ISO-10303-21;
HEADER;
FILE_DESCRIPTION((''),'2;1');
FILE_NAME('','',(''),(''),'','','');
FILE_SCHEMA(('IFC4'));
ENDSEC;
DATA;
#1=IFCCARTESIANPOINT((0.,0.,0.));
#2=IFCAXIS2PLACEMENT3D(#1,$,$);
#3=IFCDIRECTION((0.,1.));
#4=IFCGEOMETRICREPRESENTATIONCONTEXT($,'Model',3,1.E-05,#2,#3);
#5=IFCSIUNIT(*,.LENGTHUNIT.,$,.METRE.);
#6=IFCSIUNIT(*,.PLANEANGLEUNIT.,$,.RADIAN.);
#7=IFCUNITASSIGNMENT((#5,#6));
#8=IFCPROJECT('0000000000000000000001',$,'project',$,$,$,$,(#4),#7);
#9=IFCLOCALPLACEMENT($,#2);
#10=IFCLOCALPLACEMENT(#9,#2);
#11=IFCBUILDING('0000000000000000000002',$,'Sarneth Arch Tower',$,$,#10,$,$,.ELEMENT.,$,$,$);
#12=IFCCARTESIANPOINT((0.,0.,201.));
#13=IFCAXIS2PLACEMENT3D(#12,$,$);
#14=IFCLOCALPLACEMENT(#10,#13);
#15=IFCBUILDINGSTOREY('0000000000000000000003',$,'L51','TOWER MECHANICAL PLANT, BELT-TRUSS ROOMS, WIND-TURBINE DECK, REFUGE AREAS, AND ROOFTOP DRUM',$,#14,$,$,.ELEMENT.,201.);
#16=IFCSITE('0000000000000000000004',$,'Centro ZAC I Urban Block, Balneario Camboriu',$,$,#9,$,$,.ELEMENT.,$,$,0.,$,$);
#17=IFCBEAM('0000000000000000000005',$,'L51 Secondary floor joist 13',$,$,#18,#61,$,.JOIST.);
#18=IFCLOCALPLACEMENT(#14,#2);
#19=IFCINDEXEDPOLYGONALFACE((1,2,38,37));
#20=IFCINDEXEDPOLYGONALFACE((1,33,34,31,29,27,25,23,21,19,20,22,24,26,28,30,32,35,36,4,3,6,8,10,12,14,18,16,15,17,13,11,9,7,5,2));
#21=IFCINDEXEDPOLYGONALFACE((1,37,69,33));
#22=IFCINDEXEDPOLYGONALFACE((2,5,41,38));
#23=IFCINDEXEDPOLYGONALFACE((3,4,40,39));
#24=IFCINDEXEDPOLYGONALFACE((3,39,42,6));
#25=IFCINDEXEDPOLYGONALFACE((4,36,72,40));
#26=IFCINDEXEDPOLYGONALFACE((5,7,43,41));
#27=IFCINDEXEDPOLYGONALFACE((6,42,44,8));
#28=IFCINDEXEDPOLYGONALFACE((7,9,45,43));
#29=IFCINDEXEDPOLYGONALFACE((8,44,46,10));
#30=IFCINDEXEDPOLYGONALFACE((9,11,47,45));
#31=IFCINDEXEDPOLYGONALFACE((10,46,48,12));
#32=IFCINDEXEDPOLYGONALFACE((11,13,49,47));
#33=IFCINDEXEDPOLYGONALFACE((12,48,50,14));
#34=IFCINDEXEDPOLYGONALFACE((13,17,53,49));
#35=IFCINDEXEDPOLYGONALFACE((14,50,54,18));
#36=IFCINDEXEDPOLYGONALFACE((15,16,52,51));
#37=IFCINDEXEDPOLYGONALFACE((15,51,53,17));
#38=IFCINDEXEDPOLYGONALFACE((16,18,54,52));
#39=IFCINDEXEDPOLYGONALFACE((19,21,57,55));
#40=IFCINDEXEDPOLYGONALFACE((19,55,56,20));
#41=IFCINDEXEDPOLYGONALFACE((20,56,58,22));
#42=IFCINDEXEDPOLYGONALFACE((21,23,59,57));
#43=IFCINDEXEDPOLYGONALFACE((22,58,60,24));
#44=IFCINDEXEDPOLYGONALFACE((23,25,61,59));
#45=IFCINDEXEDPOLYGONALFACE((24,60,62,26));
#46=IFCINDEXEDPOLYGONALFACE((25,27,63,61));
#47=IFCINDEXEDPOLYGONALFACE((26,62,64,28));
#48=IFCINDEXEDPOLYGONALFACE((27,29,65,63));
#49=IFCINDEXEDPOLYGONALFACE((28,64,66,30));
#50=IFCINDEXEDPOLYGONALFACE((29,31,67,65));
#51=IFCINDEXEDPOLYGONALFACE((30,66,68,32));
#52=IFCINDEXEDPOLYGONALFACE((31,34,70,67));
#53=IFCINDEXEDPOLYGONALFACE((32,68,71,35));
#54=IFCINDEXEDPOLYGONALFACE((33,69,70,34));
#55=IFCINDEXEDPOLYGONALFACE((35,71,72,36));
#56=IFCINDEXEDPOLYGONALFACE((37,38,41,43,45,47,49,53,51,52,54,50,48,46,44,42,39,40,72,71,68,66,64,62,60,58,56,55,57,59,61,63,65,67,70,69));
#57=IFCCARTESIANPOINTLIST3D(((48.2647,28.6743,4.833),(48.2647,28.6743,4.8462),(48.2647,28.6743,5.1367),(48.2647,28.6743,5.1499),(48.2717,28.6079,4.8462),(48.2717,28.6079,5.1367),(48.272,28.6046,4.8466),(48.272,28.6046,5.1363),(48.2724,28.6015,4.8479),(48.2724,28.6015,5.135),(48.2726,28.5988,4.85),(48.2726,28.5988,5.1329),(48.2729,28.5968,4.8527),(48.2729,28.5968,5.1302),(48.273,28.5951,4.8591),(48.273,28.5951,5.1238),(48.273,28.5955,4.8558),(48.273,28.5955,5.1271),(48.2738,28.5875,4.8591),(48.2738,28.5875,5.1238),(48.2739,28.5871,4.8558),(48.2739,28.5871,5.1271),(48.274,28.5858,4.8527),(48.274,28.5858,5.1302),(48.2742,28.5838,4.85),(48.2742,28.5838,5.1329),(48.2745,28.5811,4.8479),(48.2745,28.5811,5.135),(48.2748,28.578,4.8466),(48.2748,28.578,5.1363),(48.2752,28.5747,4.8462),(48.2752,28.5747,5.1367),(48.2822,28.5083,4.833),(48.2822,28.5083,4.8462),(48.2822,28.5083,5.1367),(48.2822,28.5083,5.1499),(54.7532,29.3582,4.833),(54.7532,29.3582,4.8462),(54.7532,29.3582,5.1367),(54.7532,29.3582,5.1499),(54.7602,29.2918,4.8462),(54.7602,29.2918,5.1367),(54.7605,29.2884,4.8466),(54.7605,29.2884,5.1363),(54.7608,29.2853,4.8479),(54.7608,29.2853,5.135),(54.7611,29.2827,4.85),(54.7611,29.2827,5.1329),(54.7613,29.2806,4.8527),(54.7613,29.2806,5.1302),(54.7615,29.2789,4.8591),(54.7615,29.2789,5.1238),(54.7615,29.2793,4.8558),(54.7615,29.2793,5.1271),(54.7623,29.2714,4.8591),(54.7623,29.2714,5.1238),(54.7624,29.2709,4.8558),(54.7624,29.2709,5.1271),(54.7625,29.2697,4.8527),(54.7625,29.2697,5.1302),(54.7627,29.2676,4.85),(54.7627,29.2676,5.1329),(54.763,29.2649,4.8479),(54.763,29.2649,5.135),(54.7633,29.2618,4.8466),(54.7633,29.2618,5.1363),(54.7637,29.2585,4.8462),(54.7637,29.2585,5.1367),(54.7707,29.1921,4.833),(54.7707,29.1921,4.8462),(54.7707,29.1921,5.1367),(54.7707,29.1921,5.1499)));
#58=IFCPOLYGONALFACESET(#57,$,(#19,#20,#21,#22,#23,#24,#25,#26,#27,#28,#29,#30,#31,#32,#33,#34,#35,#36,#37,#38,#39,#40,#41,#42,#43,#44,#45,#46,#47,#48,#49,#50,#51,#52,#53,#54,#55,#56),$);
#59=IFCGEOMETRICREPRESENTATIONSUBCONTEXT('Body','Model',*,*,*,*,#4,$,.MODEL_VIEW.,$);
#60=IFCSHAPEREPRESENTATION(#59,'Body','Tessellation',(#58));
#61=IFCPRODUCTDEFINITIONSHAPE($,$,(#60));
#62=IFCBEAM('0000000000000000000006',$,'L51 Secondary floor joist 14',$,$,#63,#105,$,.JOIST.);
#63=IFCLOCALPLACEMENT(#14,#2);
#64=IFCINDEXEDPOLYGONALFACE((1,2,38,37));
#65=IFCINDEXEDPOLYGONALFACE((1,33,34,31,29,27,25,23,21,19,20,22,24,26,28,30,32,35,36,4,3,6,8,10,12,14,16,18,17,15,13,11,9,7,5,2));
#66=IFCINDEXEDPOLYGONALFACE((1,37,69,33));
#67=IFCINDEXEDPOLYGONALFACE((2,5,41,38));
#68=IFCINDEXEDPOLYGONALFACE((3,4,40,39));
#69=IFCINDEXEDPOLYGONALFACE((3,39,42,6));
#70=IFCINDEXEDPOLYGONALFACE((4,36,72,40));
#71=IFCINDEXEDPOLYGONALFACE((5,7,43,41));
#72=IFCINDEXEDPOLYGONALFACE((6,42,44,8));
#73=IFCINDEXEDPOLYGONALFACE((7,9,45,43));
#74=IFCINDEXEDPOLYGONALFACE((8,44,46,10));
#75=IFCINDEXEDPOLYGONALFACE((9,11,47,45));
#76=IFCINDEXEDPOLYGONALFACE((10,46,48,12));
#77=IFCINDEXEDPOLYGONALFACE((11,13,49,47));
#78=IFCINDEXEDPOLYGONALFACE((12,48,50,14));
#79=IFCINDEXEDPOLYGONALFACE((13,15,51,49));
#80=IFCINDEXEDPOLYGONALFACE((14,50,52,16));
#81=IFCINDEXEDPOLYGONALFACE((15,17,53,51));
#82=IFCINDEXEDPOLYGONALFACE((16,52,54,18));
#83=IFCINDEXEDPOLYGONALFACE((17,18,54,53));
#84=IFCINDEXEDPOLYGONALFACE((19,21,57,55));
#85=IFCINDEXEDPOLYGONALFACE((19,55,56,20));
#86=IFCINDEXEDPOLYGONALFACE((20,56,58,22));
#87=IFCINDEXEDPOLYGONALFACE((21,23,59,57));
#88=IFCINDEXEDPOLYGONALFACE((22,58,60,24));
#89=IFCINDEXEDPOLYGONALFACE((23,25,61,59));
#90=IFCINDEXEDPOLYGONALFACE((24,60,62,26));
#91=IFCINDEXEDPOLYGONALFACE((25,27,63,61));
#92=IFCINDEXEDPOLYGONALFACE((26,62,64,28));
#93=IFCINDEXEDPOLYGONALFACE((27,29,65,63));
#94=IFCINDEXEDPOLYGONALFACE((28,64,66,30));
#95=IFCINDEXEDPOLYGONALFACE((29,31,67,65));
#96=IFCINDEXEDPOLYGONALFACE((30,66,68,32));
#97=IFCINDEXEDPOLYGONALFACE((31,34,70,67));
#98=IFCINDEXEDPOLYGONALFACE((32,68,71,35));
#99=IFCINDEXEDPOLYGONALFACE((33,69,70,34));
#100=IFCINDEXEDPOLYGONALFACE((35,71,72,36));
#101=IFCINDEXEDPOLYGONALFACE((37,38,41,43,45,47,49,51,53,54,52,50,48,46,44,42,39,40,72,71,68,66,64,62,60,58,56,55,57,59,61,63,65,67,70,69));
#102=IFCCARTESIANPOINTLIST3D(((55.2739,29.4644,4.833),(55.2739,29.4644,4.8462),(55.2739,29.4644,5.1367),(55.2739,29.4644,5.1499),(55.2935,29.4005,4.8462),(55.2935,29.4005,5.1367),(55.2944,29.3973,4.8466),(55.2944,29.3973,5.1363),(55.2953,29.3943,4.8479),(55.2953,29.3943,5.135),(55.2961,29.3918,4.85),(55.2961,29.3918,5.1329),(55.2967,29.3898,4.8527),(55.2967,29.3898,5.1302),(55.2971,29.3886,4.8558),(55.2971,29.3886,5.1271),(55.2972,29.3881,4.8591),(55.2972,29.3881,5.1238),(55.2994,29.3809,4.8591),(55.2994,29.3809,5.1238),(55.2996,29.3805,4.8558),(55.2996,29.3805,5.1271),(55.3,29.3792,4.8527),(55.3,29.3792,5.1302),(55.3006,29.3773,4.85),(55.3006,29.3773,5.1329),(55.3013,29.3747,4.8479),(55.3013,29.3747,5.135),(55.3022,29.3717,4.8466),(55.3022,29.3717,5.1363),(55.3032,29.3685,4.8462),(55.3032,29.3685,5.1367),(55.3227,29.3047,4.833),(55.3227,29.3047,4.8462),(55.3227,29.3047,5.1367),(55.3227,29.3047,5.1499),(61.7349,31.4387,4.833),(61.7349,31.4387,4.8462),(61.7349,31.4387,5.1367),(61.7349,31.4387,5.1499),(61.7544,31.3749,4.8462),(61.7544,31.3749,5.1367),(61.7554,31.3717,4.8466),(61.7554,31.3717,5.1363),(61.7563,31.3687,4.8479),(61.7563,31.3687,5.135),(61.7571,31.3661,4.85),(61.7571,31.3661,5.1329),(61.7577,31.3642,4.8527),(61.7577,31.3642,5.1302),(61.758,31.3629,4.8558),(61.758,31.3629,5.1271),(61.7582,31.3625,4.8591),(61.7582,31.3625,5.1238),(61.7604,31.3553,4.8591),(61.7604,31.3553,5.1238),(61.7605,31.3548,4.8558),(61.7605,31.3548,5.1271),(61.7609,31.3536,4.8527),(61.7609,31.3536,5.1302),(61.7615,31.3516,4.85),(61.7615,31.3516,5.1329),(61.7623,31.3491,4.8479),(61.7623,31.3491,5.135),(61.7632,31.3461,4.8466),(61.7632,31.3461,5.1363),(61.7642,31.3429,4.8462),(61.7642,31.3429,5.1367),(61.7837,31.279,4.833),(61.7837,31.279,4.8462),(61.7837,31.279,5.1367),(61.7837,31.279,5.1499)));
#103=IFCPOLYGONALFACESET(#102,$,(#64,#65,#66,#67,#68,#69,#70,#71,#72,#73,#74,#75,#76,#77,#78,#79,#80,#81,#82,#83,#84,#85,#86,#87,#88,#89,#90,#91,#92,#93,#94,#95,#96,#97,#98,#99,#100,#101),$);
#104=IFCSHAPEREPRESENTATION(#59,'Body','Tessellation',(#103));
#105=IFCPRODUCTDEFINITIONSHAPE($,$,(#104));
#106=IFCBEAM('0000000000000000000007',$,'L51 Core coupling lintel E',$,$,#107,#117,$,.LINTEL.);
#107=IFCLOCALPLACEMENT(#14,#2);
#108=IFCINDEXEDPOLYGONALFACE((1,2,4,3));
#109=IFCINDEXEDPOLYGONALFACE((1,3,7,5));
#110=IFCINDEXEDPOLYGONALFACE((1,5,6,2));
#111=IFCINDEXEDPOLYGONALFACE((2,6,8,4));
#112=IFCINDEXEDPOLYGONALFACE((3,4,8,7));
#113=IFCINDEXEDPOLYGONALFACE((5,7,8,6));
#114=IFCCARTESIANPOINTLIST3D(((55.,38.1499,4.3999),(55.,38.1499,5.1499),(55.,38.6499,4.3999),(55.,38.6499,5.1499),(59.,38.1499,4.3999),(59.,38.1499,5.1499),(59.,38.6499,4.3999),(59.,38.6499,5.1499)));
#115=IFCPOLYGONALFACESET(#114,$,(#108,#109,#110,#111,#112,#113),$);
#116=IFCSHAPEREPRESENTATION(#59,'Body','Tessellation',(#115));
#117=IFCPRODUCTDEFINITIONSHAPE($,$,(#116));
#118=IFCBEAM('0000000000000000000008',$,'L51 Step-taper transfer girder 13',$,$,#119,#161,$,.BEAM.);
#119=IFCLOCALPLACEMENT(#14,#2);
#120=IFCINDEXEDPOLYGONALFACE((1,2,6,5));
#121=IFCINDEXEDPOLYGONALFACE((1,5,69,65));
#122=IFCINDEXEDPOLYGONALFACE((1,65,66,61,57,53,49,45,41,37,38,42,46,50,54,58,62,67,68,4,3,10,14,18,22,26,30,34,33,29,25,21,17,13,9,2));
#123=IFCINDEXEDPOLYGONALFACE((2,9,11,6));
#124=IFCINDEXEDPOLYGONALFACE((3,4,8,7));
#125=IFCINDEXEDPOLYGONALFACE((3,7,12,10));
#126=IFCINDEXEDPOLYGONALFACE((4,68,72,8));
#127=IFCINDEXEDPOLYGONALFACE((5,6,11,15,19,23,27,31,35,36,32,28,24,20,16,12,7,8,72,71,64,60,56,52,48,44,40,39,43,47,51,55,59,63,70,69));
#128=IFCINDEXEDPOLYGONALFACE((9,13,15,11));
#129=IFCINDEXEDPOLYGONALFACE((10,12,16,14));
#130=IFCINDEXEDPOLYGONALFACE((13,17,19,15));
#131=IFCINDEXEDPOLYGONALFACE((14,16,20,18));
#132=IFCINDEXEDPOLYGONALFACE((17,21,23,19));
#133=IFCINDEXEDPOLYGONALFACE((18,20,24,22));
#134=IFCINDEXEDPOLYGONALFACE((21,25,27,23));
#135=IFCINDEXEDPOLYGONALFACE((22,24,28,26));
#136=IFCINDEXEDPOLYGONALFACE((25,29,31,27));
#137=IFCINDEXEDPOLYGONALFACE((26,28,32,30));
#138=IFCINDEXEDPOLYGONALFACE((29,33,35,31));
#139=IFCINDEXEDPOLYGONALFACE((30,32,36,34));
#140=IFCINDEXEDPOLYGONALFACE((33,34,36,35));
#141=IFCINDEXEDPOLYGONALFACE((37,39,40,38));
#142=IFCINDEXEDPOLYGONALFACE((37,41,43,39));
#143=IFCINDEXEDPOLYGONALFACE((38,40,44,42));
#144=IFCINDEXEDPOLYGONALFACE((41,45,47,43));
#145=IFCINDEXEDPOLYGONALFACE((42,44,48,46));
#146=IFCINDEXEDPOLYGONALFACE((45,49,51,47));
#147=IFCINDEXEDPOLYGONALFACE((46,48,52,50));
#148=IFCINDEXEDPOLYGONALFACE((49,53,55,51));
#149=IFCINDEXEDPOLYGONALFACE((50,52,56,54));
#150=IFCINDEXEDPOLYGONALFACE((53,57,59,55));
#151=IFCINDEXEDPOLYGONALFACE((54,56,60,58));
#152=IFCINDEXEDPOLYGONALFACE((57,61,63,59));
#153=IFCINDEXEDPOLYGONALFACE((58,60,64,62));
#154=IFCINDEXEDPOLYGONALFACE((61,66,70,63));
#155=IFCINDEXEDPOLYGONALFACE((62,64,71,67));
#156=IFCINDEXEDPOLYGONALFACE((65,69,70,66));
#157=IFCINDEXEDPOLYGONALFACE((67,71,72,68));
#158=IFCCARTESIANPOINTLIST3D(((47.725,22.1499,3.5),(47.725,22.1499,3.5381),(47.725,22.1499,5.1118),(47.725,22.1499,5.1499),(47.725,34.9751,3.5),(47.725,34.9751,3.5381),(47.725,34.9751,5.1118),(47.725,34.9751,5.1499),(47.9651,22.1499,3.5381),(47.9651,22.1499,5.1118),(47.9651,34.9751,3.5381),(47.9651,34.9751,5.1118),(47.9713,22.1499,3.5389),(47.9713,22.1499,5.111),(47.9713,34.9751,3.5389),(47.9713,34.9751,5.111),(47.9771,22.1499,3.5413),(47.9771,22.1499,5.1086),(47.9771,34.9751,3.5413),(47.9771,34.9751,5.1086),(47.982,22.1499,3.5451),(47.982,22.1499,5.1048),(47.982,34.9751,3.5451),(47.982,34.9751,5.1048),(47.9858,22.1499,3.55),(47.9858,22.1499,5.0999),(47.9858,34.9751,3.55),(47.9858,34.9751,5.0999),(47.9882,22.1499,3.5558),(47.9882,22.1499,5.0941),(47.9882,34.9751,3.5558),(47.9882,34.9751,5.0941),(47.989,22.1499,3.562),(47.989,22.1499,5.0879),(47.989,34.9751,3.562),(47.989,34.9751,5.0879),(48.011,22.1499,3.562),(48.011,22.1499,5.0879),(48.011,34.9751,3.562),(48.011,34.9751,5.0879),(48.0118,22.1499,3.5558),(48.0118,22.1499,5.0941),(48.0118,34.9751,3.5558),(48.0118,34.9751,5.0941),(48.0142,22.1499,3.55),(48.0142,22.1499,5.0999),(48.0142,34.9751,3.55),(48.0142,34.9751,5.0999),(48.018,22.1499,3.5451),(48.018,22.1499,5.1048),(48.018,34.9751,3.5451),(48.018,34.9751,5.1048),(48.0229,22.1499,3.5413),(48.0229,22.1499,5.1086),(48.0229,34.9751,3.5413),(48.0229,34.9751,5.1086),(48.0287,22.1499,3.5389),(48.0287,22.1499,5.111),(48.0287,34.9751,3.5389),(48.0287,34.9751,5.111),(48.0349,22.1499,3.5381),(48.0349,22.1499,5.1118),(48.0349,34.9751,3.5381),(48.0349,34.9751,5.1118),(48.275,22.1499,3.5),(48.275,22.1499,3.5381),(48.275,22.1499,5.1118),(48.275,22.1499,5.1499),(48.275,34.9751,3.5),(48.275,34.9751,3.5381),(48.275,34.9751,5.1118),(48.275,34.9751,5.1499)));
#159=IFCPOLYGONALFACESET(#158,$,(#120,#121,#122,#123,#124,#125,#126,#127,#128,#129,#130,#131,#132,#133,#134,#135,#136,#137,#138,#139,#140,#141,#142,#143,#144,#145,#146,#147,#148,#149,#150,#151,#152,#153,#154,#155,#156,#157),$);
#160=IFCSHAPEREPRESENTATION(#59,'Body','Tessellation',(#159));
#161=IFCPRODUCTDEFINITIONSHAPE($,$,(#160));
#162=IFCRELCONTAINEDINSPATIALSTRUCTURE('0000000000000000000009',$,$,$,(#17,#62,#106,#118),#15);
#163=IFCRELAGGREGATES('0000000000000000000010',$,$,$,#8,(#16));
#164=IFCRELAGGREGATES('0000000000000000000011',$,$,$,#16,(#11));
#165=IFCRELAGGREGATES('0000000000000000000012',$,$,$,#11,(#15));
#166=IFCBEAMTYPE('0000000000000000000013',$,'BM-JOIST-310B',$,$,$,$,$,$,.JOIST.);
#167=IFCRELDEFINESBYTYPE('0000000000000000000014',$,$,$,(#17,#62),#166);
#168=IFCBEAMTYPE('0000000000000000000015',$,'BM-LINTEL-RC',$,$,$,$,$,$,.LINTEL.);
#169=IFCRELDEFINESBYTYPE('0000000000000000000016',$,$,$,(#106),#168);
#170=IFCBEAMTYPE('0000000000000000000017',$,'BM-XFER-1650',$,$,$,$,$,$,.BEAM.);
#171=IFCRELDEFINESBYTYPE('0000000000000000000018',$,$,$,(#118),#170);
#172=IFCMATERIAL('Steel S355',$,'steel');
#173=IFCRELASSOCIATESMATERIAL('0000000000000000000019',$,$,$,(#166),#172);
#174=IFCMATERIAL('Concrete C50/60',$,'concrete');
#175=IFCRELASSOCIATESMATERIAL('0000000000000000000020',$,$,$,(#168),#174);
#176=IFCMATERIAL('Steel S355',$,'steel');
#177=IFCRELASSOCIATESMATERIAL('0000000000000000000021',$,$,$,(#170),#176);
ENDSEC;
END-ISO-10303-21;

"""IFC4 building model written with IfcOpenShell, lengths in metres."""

from ifc_helpers import new_model, si_unit, direction, frame, origin, origin_2d, place, context, subcontext, project, spatial, rectangle, i_section, extrude, material, material_profile, profile_set, type_object, element, save


model = new_model("IFC4")

# Units and contexts
model_context = context("Model", 3, precision=1e-05, world=origin(), true_north=direction((0.0, 1.0)))
body_context = subcontext(model_context, "Body", "Model", "MODEL_VIEW")
ifc_project = project(units=[si_unit("LENGTHUNIT", "METRE"), si_unit("PLANEANGLEUNIT", "RADIAN")], contexts=[model_context])

# Site, building, storey
site_placement = place(None, origin())
site = spatial("IfcSite", under=ifc_project, at=site_placement, Name="Centro ZAC I Urban Block, Balneario Camboriu", CompositionType="ELEMENT", RefElevation=0.0)
building_placement = place(site_placement, origin())
building = spatial("IfcBuilding", under=site, at=building_placement, Name="Sarneth Arch Tower", CompositionType="ELEMENT")
storey_placement = place(building_placement, frame((0.0, 0.0, 201.0)))
storey = spatial("IfcBuildingStorey", under=building, at=storey_placement, Name="L51", Description="TOWER MECHANICAL PLANT, BELT-TRUSS ROOMS, WIND-TURBINE DECK, REFUGE AREAS, AND ROOFTOP DRUM", CompositionType="ELEMENT", Elevation=201.0)

# Beams
ifc_material_1 = material(Name="Steel S355", Category="steel")
ifc_material_profile_1 = material_profile(ifc_material_1, i_section(OverallWidth=0.167, OverallDepth=0.3169, WebThickness=0.0076, FlangeThickness=0.0132, FilletRadius=0.0129, at=origin_2d()), Name="W310x52")
ifc_profile_set_1 = profile_set([ifc_material_profile_1], Name="Steel S355")
beam_type_1 = type_object("IfcBeamType", Name="BM-JOIST-310B", PredefinedType="JOIST", material=ifc_profile_set_1)
beam_1_placement = place(storey_placement, frame((48.2734, 28.5913, 4.9915), z_axis=(0.994492, 0.104811, 0.0), x_axis=(-0.104811, 0.994492, 0.0)))
element("IfcBeam", 1, at=beam_1_placement, inside=storey, type_object=beam_type_1, Name="L51 Secondary floor joist 13", PredefinedType="JOIST", context=body_context, shape_type="SweptSolid", body=[
    extrude(i_section(OverallWidth=0.167, OverallDepth=0.3169, WebThickness=0.0076, FlangeThickness=0.0132, FilletRadius=0.0129, at=origin_2d()), origin(), (0.0, 0.0, 1.0), 6.5244),
])
beam_2_placement = place(storey_placement, frame((55.2983, 29.3845, 4.9915), z_axis=(0.956344, 0.292244, 0.0), x_axis=(-0.292244, 0.956344, 0.0)))
element("IfcBeam", 2, at=beam_2_placement, inside=storey, type_object=beam_type_1, Name="L51 Secondary floor joist 14", PredefinedType="JOIST", context=body_context, shape_type="SweptSolid", body=[
    extrude(i_section(OverallWidth=0.167, OverallDepth=0.3169, WebThickness=0.0076, FlangeThickness=0.0132, FilletRadius=0.0129, at=origin_2d()), origin(), (0.0, 0.0, 1.0), 6.7559),
])
ifc_material_2 = material(Name="Concrete C50/60", Category="concrete")
ifc_material_profile_2 = material_profile(ifc_material_2, rectangle(XDim=0.5, YDim=0.75, at=origin_2d()), Name="RC-500x750")
ifc_profile_set_2 = profile_set([ifc_material_profile_2], Name="Concrete C50/60")
beam_type_2 = type_object("IfcBeamType", Name="BM-LINTEL-RC", PredefinedType="LINTEL", material=ifc_profile_set_2)
beam_3_placement = place(storey_placement, frame((55.0, 38.3999, 4.7749), z_axis=(1.0, 0.0, 0.0), x_axis=(0.0, 1.0, 0.0)))
element("IfcBeam", 3, at=beam_3_placement, inside=storey, type_object=beam_type_2, Name="L51 Core coupling lintel E", PredefinedType="LINTEL", context=body_context, shape_type="SweptSolid", body=[
    extrude(rectangle(XDim=0.5, YDim=0.75, at=origin_2d()), origin(), (0.0, 0.0, 1.0), 4.0),
])
ifc_material_3 = material(Name="Steel S355", Category="steel")
ifc_material_profile_3 = material_profile(ifc_material_3, i_section(OverallWidth=0.55, OverallDepth=1.6499, WebThickness=0.022, FlangeThickness=0.0381, FilletRadius=0.0239, at=origin_2d()), Name="CVS1650x680")
ifc_profile_set_3 = profile_set([ifc_material_profile_3], Name="Steel S355")
beam_type_3 = type_object("IfcBeamType", Name="BM-XFER-1650", PredefinedType="BEAM", material=ifc_profile_set_3)
beam_4_placement = place(storey_placement, frame((48.0, 34.9751, 4.325), z_axis=(0.0, -1.0, 0.0), x_axis=(1.0, 0.0, 0.0)))
element("IfcBeam", 4, at=beam_4_placement, inside=storey, type_object=beam_type_3, Name="L51 Step-taper transfer girder 13", PredefinedType="BEAM", context=body_context, shape_type="SweptSolid", body=[
    extrude(i_section(OverallWidth=0.55, OverallDepth=1.6499, WebThickness=0.022, FlangeThickness=0.0381, FilletRadius=0.0239, at=origin_2d()), origin(), (0.0, 0.0, 1.0), 12.8252),
])

save(model, "model.ifc")
